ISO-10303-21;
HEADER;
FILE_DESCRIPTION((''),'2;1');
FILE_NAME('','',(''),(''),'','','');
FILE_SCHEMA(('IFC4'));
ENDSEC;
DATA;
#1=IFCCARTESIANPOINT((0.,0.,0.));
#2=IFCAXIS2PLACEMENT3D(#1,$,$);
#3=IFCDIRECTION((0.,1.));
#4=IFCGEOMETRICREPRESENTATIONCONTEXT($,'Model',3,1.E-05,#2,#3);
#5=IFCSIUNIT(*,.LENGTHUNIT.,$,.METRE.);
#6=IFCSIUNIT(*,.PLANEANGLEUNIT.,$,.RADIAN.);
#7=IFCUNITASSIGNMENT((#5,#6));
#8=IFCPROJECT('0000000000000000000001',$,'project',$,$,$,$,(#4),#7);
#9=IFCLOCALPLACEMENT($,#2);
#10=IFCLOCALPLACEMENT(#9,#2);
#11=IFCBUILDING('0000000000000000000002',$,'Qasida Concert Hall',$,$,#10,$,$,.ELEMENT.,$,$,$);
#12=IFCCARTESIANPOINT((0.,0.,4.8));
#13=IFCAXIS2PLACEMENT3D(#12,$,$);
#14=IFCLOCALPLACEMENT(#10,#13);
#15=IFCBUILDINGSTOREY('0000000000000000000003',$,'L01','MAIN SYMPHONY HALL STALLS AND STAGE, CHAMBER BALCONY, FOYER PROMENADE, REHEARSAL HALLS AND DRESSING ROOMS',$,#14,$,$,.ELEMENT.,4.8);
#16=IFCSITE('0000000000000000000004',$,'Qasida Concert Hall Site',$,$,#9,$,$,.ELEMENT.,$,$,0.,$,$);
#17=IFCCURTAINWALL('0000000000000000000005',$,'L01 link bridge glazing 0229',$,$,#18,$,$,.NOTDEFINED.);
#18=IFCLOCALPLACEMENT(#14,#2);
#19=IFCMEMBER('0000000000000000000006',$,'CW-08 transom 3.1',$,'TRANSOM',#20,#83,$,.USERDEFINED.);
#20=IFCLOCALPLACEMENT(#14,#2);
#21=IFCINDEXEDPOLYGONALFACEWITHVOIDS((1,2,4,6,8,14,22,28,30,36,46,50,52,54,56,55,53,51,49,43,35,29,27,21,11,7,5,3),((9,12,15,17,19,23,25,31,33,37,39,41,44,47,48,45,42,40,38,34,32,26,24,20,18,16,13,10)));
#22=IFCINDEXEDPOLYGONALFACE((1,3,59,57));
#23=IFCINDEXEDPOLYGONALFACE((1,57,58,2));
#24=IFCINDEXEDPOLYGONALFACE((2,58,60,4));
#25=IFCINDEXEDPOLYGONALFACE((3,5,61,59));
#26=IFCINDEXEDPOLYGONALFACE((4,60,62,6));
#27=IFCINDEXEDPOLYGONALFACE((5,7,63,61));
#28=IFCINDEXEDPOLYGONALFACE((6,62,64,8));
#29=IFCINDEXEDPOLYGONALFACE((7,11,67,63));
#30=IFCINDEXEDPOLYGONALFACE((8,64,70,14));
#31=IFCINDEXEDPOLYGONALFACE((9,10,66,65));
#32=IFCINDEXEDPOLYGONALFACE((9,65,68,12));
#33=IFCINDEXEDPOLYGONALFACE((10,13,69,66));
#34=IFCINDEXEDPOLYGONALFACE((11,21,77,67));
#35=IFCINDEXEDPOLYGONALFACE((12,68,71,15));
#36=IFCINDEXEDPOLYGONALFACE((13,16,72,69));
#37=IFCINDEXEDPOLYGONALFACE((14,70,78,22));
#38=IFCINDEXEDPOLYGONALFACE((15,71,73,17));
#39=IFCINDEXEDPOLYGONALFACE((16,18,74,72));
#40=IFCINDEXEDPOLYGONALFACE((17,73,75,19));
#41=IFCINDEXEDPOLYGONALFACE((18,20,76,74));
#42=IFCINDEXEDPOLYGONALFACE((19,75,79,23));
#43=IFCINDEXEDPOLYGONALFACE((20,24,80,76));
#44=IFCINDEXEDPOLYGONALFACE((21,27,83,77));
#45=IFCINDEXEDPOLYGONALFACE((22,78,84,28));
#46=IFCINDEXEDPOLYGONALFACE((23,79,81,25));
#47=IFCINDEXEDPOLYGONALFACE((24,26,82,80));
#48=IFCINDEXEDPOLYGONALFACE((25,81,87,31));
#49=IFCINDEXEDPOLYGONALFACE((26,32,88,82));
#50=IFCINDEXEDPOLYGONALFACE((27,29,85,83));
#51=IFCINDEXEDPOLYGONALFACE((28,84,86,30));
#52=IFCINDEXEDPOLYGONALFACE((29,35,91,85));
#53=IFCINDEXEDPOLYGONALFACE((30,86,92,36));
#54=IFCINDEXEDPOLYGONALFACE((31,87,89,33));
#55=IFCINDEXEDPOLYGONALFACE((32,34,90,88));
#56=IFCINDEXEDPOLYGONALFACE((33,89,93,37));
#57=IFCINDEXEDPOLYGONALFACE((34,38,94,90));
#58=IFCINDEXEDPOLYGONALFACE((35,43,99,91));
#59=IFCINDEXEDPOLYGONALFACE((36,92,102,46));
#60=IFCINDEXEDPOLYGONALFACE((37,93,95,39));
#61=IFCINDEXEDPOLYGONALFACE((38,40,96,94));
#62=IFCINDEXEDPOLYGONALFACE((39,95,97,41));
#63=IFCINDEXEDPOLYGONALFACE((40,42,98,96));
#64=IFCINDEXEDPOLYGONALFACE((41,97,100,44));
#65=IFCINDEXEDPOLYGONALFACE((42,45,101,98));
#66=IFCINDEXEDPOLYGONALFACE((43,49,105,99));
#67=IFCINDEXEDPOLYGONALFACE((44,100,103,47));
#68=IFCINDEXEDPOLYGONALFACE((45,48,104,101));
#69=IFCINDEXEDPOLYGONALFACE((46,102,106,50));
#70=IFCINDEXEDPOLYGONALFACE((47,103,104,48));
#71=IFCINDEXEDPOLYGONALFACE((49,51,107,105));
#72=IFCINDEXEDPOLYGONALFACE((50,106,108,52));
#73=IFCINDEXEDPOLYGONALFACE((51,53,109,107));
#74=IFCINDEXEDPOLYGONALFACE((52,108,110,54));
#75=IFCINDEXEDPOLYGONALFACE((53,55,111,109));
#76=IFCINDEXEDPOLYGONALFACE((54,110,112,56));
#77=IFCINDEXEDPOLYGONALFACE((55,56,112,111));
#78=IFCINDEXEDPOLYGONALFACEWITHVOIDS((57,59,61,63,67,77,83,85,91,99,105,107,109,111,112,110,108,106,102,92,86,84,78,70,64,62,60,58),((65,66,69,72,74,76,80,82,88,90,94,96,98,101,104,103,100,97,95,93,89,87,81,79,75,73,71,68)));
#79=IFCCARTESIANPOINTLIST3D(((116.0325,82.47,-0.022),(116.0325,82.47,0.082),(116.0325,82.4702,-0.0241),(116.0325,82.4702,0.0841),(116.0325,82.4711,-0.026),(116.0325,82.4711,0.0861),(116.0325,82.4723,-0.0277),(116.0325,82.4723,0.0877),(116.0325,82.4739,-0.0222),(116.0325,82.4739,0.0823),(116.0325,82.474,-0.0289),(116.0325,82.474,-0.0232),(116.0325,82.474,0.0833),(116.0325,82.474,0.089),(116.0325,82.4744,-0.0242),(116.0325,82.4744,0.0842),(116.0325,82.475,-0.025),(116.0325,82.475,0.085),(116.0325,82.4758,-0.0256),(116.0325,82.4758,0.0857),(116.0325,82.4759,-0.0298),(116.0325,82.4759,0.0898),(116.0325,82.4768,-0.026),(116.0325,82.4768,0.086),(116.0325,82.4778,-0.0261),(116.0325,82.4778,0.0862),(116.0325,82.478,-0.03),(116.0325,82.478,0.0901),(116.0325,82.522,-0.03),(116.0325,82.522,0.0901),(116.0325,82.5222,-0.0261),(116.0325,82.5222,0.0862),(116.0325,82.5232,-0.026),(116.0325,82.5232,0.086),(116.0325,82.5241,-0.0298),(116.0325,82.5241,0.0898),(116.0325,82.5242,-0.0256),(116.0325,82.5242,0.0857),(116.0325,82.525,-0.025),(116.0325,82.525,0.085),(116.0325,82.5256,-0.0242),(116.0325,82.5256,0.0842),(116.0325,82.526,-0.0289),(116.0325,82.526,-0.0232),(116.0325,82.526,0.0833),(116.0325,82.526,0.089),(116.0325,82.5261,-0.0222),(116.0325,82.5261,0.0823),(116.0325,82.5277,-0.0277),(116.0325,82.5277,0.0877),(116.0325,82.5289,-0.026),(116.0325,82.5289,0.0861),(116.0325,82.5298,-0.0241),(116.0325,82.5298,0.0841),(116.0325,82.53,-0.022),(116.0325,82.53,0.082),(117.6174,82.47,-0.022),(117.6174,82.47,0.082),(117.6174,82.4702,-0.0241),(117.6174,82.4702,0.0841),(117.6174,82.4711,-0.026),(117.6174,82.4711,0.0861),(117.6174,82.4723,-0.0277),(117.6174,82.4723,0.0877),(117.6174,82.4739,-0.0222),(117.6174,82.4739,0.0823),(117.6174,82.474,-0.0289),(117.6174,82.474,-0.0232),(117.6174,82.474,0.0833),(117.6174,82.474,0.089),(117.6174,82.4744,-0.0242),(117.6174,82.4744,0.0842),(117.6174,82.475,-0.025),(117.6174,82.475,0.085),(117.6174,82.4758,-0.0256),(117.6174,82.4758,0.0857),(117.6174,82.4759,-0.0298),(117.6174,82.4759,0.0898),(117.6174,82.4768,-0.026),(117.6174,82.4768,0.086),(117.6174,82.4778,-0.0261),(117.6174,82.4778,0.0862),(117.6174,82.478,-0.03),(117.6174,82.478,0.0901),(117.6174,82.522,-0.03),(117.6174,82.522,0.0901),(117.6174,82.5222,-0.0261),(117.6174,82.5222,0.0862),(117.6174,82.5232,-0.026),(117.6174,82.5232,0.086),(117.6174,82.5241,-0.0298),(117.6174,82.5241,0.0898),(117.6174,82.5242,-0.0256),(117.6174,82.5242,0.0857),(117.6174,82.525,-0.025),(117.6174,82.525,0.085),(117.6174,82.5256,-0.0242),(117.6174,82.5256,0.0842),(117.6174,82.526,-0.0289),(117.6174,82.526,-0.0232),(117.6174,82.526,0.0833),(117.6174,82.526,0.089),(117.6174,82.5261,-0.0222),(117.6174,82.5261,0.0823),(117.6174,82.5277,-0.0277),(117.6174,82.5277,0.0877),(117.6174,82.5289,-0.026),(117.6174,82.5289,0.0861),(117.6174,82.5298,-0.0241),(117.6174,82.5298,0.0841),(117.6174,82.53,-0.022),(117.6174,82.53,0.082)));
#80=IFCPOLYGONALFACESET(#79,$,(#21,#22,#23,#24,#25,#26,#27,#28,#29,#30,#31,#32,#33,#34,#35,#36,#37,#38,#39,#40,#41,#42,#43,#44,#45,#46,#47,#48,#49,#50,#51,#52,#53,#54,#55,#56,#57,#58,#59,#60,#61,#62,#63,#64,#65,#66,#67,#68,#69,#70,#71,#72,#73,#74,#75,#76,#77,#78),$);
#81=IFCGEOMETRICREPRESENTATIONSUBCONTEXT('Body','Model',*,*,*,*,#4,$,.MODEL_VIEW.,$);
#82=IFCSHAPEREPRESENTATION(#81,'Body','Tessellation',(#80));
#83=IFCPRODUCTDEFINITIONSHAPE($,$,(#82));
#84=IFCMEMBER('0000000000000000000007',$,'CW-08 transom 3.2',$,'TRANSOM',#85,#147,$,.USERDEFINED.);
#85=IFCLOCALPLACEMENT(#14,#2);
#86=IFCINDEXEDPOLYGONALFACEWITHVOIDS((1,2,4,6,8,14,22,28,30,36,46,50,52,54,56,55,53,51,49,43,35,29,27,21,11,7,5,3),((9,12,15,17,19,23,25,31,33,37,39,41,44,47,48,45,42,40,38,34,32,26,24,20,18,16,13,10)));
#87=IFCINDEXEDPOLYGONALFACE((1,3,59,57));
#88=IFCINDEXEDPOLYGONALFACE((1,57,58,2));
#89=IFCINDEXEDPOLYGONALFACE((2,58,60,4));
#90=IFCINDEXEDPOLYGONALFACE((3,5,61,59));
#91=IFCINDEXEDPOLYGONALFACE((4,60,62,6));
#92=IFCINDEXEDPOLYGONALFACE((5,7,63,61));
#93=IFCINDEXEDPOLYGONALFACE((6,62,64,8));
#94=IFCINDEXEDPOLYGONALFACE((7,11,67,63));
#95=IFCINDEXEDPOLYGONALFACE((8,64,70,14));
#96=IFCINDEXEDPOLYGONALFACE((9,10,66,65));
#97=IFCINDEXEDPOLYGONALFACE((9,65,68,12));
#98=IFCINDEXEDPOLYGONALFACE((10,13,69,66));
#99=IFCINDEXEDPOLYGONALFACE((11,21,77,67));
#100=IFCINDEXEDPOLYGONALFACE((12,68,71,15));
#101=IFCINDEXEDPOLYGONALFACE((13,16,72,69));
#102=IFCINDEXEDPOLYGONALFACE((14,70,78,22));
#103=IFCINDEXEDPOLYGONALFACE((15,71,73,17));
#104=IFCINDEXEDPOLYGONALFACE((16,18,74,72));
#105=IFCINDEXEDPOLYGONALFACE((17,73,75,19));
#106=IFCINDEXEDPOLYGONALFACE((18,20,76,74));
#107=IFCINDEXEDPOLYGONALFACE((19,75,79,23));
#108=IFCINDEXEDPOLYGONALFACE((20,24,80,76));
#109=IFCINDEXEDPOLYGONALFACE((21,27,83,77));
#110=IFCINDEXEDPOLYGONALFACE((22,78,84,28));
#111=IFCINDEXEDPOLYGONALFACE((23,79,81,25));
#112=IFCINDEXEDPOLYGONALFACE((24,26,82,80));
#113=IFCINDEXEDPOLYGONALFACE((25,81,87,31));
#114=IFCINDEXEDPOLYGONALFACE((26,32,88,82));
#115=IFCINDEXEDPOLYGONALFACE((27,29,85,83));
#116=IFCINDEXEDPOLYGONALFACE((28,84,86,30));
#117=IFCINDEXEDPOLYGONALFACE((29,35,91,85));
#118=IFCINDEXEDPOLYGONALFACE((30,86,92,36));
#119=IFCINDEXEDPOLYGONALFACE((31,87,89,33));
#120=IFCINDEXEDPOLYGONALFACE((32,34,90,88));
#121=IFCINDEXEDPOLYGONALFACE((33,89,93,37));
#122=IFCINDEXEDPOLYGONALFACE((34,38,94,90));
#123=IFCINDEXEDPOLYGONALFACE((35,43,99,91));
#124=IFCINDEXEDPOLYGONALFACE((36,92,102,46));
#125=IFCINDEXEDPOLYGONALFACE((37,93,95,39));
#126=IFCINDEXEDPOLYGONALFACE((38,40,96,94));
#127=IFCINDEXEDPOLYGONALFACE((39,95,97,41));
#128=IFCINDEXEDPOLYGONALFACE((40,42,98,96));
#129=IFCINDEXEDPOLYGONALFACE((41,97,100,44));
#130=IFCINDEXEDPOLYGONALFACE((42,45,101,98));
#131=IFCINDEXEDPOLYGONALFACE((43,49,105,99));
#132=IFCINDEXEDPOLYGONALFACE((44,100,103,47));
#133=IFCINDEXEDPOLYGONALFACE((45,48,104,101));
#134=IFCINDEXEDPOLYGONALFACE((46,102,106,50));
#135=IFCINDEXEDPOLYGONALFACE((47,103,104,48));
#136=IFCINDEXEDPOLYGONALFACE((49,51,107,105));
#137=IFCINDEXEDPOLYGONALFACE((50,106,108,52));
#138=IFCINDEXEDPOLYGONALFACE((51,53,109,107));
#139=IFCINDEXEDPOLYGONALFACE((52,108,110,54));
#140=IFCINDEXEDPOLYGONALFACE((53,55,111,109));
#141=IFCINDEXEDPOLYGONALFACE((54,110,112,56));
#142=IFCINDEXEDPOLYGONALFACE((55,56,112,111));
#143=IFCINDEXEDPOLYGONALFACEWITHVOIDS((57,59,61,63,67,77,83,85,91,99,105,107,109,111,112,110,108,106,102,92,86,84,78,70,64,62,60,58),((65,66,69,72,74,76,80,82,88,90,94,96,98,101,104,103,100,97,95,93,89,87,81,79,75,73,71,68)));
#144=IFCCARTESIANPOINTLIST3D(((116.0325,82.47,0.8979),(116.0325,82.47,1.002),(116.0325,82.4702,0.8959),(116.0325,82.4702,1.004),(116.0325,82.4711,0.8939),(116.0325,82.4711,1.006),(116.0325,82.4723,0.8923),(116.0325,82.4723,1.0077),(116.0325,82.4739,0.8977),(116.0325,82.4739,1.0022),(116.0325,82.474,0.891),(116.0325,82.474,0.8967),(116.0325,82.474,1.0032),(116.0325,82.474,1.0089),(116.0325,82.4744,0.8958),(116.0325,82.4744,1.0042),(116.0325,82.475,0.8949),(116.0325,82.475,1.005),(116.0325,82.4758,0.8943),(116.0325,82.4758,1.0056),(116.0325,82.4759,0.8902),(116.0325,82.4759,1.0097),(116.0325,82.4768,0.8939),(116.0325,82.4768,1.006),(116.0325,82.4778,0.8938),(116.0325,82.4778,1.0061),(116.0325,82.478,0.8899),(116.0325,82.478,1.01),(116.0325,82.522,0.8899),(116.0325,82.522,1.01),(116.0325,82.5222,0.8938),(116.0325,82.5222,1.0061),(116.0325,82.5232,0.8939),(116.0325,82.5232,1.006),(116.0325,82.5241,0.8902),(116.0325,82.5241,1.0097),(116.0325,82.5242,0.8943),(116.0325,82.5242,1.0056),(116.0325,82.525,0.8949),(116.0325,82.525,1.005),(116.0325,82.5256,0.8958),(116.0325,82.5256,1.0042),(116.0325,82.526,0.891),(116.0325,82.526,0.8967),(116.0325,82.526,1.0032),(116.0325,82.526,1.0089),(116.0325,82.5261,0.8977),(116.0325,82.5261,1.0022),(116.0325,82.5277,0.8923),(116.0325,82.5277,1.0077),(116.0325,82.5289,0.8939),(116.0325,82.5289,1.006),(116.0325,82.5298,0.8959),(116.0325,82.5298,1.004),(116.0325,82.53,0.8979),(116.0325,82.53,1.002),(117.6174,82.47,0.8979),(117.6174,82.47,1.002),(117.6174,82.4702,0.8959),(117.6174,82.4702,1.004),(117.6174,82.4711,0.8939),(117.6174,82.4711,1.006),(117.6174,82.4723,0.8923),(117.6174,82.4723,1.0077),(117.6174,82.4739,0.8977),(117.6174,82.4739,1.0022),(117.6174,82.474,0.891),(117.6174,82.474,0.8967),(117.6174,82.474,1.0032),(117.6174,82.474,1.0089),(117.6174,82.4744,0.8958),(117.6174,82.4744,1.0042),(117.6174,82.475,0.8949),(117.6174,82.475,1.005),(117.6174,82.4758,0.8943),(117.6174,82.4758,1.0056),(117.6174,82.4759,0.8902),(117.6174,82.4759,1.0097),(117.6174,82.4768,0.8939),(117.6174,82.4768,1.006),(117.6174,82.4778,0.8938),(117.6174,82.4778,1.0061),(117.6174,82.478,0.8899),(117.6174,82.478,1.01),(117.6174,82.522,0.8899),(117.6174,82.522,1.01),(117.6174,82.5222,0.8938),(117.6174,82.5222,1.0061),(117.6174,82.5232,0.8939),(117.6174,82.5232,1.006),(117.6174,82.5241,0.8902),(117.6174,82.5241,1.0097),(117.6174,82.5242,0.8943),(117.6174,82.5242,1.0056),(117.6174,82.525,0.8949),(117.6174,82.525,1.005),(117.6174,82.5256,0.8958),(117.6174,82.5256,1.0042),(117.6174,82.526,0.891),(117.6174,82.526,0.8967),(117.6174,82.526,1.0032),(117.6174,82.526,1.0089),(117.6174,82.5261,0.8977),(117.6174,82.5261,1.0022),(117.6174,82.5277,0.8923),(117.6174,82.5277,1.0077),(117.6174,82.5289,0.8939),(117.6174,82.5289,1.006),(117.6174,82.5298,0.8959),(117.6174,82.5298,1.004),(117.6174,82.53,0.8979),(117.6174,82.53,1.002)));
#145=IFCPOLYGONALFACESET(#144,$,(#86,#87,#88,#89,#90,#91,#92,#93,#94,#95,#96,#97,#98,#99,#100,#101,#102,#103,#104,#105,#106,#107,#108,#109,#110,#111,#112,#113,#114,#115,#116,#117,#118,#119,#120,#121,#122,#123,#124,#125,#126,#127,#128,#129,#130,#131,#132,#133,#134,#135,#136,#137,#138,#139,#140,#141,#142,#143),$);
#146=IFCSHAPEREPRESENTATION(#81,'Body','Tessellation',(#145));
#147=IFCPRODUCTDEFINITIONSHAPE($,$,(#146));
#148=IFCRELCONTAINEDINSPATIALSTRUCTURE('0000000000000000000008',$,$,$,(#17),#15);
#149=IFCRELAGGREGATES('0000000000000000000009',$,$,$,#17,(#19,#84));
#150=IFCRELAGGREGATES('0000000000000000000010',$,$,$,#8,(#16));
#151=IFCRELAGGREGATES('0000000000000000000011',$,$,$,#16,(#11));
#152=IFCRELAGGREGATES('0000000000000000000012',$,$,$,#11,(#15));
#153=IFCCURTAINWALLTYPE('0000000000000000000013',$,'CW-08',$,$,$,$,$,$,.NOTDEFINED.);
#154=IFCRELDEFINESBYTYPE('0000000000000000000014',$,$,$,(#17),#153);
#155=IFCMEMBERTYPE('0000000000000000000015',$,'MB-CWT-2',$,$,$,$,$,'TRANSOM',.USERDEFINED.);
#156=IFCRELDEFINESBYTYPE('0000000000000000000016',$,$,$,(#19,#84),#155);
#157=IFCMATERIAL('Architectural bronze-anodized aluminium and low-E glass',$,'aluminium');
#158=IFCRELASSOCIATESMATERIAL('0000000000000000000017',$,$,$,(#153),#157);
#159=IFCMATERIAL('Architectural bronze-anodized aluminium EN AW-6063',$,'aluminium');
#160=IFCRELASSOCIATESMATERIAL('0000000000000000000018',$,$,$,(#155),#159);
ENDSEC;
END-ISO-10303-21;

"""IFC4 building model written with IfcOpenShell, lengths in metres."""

from ifc_helpers import new_model, si_unit, direction, frame, origin, origin_2d, place, context, subcontext, project, spatial, hollow_rectangle, extrude, material, material_profile, profile_set, type_object, element, aggregate, save


model = new_model("IFC4")

# Units and contexts
model_context = context("Model", 3, precision=1e-05, world=origin(), true_north=direction((0.0, 1.0)))
body_context = subcontext(model_context, "Body", "Model", "MODEL_VIEW")
ifc_project = project(units=[si_unit("LENGTHUNIT", "METRE"), si_unit("PLANEANGLEUNIT", "RADIAN")], contexts=[model_context])

# Site, building, storey
site_placement = place(None, origin())
site = spatial("IfcSite", under=ifc_project, at=site_placement, Name="Qasida Concert Hall Site", CompositionType="ELEMENT", RefElevation=0.0)
building_placement = place(site_placement, origin())
building = spatial("IfcBuilding", under=site, at=building_placement, Name="Qasida Concert Hall", CompositionType="ELEMENT")
storey_placement = place(building_placement, frame((0.0, 0.0, 4.8)))
storey = spatial("IfcBuildingStorey", under=building, at=storey_placement, Name="L01", Description="MAIN SYMPHONY HALL STALLS AND STAGE, CHAMBER BALCONY, FOYER PROMENADE, REHEARSAL HALLS AND DRESSING ROOMS", CompositionType="ELEMENT", Elevation=4.8)

# Curtain wall
ifc_material_1 = material(Name="Architectural bronze-anodized aluminium and low-E glass", Category="aluminium")
curtain_wall_type_1 = type_object("IfcCurtainWallType", Name="CW-08", PredefinedType="NOTDEFINED", material=ifc_material_1)
curtain_wall_1_placement = place(storey_placement, origin())
curtain_wall_1 = element("IfcCurtainWall", 1, at=curtain_wall_1_placement, inside=storey, type_object=curtain_wall_type_1, Name="L01 link bridge glazing 0229", PredefinedType="NOTDEFINED")
ifc_material_2 = material(Name="Architectural bronze-anodized aluminium EN AW-6063", Category="aluminium")

# Members
ifc_material_profile_1 = material_profile(ifc_material_2, hollow_rectangle(XDim=0.0601, YDim=0.1201, WallThickness=0.0039, InnerFilletRadius=0.0039, OuterFilletRadius=0.0081, at=origin_2d()), Name="CWT 120x60x4")
ifc_profile_set_1 = profile_set([ifc_material_profile_1], Name="Architectural bronze-anodized aluminium EN AW-6063")
member_type_1 = type_object("IfcMemberType", Name="MB-CWT-2", ElementType="TRANSOM", PredefinedType="USERDEFINED", material=ifc_profile_set_1)
member_1_placement = place(storey_placement, frame((116.0325, 82.5, 0.03), z_axis=(1.0, 0.0, 0.0), x_axis=(0.0, 1.0, 0.0)))
member_1 = element("IfcMember", 2, at=member_1_placement, type_object=member_type_1, Name="CW-08 transom 3.1", ObjectType="TRANSOM", PredefinedType="USERDEFINED", context=body_context, shape_type="SweptSolid", body=[
    extrude(hollow_rectangle(XDim=0.0601, YDim=0.1201, WallThickness=0.0039, InnerFilletRadius=0.0039, OuterFilletRadius=0.0081, at=origin_2d()), origin(), (0.0, 0.0, 1.0), 1.585),
])
member_2_placement = place(storey_placement, frame((116.0325, 82.5, 0.95), z_axis=(1.0, 0.0, 0.0), x_axis=(0.0, 1.0, 0.0)))
member_2 = element("IfcMember", 3, at=member_2_placement, type_object=member_type_1, Name="CW-08 transom 3.2", ObjectType="TRANSOM", PredefinedType="USERDEFINED", context=body_context, shape_type="SweptSolid", body=[
    extrude(hollow_rectangle(XDim=0.0601, YDim=0.1201, WallThickness=0.0039, InnerFilletRadius=0.0039, OuterFilletRadius=0.0081, at=origin_2d()), origin(), (0.0, 0.0, 1.0), 1.585),
])

aggregate(curtain_wall_1, [member_1, member_2])

save(model, "model.ifc")
